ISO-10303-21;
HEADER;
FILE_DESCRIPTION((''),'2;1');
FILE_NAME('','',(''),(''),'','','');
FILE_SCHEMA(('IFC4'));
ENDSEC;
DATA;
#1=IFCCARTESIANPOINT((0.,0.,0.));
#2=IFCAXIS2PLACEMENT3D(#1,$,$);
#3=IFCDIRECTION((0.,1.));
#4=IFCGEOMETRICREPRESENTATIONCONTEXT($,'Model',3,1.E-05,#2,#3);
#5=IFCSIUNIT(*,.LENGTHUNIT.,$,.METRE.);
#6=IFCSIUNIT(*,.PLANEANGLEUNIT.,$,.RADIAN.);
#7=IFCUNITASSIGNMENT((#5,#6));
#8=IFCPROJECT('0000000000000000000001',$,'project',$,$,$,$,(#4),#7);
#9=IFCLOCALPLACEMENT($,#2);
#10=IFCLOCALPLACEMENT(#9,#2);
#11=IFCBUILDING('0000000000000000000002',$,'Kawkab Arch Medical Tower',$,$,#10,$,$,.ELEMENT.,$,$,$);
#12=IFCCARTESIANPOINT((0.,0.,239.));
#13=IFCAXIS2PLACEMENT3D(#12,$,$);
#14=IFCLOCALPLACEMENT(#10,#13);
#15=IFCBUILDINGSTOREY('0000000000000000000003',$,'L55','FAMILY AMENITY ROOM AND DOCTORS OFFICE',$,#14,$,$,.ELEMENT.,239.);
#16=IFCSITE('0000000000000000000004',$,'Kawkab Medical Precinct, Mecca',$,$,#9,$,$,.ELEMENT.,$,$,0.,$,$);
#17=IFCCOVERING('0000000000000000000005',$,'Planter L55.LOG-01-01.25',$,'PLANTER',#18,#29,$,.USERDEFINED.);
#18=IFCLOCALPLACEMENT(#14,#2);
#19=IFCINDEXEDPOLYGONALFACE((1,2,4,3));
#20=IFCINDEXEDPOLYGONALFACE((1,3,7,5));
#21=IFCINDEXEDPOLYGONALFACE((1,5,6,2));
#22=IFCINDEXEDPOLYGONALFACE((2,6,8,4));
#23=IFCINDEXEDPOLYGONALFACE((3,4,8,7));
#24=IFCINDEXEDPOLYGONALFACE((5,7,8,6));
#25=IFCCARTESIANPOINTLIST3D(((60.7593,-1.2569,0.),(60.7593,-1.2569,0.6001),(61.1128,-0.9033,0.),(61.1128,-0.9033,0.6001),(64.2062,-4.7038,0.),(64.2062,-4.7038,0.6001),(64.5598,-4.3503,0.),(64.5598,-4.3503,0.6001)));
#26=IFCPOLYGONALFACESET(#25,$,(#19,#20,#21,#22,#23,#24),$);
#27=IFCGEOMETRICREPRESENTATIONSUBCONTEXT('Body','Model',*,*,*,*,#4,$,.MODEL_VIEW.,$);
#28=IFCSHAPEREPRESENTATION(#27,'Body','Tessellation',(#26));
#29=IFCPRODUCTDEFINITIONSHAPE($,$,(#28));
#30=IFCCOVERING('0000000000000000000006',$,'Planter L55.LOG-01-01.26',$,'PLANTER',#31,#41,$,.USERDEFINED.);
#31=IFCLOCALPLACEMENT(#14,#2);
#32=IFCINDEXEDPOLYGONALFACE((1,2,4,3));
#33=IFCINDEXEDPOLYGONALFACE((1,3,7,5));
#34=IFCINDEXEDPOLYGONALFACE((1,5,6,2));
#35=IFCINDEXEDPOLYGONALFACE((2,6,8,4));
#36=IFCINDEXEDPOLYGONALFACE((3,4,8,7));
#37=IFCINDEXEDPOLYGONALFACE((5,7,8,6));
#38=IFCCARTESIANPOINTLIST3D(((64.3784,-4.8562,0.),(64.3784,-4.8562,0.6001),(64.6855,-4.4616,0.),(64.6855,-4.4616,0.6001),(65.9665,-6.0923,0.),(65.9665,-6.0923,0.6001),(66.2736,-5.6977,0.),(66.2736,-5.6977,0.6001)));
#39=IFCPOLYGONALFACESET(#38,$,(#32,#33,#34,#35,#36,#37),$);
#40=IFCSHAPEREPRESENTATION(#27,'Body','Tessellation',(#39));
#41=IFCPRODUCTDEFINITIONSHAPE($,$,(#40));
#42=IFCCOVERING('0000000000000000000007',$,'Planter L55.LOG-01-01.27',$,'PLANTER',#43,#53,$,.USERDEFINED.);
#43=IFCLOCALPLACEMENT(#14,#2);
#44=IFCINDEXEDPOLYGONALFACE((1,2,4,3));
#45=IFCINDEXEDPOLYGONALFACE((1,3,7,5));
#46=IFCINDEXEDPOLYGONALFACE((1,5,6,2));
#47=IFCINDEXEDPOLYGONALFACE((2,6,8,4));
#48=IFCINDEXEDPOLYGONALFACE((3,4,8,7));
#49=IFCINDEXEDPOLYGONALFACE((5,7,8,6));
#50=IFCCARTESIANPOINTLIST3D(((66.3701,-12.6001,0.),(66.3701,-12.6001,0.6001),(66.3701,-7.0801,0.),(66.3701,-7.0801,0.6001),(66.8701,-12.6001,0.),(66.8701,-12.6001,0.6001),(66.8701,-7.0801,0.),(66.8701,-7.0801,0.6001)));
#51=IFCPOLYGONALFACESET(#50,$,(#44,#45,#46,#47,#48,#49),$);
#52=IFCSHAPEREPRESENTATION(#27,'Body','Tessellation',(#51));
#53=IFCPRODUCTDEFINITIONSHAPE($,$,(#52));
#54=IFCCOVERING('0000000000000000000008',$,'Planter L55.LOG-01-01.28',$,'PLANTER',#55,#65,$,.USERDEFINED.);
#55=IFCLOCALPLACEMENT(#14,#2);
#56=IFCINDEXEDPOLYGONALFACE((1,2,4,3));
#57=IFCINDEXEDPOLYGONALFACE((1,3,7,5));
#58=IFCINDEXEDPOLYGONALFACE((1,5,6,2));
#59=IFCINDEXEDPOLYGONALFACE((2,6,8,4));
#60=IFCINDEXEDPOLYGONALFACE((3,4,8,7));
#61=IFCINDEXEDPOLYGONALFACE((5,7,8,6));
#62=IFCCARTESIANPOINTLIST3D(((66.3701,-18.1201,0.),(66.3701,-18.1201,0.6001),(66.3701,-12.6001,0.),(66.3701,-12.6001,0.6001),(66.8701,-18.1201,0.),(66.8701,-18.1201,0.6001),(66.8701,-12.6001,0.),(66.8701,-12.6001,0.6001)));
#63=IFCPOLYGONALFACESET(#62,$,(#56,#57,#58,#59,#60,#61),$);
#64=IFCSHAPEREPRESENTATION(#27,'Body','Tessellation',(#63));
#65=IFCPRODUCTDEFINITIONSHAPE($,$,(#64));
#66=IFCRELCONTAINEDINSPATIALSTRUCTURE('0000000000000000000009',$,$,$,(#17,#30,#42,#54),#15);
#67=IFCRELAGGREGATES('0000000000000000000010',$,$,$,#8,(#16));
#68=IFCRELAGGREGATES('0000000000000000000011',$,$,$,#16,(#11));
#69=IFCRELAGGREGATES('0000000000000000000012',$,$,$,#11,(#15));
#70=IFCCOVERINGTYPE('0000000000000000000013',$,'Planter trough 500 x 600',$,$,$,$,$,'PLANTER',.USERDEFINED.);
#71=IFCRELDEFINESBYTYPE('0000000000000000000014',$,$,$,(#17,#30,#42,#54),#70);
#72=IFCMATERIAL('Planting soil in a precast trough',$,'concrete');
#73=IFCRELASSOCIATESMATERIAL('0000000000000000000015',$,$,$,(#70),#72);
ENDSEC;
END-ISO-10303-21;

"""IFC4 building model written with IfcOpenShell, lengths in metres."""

from ifc_helpers import new_model, si_unit, direction, frame, origin, origin_2d, place, context, subcontext, project, spatial, rectangle, extrude, material, material_profile, profile_set, type_object, element, save


model = new_model("IFC4")

# Units and contexts
model_context = context("Model", 3, precision=1e-05, world=origin(), true_north=direction((0.0, 1.0)))
body_context = subcontext(model_context, "Body", "Model", "MODEL_VIEW")
ifc_project = project(units=[si_unit("LENGTHUNIT", "METRE"), si_unit("PLANEANGLEUNIT", "RADIAN")], contexts=[model_context])

# Site, building, storey
site_placement = place(None, origin())
site = spatial("IfcSite", under=ifc_project, at=site_placement, Name="Kawkab Medical Precinct, Mecca", CompositionType="ELEMENT", RefElevation=0.0)
building_placement = place(site_placement, origin())
building = spatial("IfcBuilding", under=site, at=building_placement, Name="Kawkab Arch Medical Tower", CompositionType="ELEMENT")
storey_placement = place(building_placement, frame((0.0, 0.0, 239.0)))
storey = spatial("IfcBuildingStorey", under=building, at=storey_placement, Name="L55", Description="FAMILY AMENITY ROOM AND DOCTORS OFFICE", CompositionType="ELEMENT", Elevation=239.0)

# Coverings
ifc_material_1 = material(Name="Planting soil in a precast trough", Category="concrete")
ifc_material_profile_1 = material_profile(ifc_material_1, rectangle(XDim=0.5, YDim=0.6001, at=origin_2d()), Name="Trough 500x600")
ifc_profile_set_1 = profile_set([ifc_material_profile_1], Name="Planting soil in a precast trough")
covering_type = type_object("IfcCoveringType", Name="Planter trough 500 x 600", ElementType="PLANTER", PredefinedType="USERDEFINED", material=ifc_profile_set_1)
covering_1_placement = place(storey_placement, frame((60.936, -1.0801, 0.3), z_axis=(0.707107, -0.707107, 0.0), x_axis=(0.707107, 0.707107, 0.0)))
element("IfcCovering", 1, at=covering_1_placement, inside=storey, type_object=covering_type, Name="Planter L55.LOG-01-01.25", ObjectType="PLANTER", PredefinedType="USERDEFINED", context=body_context, shape_type="SweptSolid", body=[
    extrude(rectangle(XDim=0.5, YDim=0.6001, at=origin_2d()), origin(), (0.0, 0.0, 1.0), 4.8748),
])
covering_2_placement = place(storey_placement, frame((64.532, -4.6589, 0.3), z_axis=(0.789143, -0.614209, 0.0), x_axis=(0.614209, 0.789143, 0.0)))
element("IfcCovering", 2, at=covering_2_placement, inside=storey, type_object=covering_type, Name="Planter L55.LOG-01-01.26", ObjectType="PLANTER", PredefinedType="USERDEFINED", context=body_context, shape_type="SweptSolid", body=[
    extrude(rectangle(XDim=0.5, YDim=0.6001, at=origin_2d()), origin(), (0.0, 0.0, 1.0), 2.0125),
])
for number, where, z_axis, x_axis, name in (
    (3, (66.6201, -7.0801, 0.3), (0.0, -1.0, 0.0), (1.0, 0.0, 0.0), "Planter L55.LOG-01-01.27"),
    (4, (66.6201, -12.6001, 0.3), (0.0, -1.0, 0.0), (1.0, 0.0, 0.0), "Planter L55.LOG-01-01.28"),
):
    element("IfcCovering", number, at=place(storey_placement, frame(where, z_axis=z_axis, x_axis=x_axis)), inside=storey, type_object=covering_type, Name=name, ObjectType="PLANTER", PredefinedType="USERDEFINED", context=body_context, shape_type="SweptSolid", body=[
        extrude(rectangle(XDim=0.5, YDim=0.6001, at=origin_2d()), origin(), (0.0, 0.0, 1.0), 5.52),
    ])

save(model, "model.ifc")
